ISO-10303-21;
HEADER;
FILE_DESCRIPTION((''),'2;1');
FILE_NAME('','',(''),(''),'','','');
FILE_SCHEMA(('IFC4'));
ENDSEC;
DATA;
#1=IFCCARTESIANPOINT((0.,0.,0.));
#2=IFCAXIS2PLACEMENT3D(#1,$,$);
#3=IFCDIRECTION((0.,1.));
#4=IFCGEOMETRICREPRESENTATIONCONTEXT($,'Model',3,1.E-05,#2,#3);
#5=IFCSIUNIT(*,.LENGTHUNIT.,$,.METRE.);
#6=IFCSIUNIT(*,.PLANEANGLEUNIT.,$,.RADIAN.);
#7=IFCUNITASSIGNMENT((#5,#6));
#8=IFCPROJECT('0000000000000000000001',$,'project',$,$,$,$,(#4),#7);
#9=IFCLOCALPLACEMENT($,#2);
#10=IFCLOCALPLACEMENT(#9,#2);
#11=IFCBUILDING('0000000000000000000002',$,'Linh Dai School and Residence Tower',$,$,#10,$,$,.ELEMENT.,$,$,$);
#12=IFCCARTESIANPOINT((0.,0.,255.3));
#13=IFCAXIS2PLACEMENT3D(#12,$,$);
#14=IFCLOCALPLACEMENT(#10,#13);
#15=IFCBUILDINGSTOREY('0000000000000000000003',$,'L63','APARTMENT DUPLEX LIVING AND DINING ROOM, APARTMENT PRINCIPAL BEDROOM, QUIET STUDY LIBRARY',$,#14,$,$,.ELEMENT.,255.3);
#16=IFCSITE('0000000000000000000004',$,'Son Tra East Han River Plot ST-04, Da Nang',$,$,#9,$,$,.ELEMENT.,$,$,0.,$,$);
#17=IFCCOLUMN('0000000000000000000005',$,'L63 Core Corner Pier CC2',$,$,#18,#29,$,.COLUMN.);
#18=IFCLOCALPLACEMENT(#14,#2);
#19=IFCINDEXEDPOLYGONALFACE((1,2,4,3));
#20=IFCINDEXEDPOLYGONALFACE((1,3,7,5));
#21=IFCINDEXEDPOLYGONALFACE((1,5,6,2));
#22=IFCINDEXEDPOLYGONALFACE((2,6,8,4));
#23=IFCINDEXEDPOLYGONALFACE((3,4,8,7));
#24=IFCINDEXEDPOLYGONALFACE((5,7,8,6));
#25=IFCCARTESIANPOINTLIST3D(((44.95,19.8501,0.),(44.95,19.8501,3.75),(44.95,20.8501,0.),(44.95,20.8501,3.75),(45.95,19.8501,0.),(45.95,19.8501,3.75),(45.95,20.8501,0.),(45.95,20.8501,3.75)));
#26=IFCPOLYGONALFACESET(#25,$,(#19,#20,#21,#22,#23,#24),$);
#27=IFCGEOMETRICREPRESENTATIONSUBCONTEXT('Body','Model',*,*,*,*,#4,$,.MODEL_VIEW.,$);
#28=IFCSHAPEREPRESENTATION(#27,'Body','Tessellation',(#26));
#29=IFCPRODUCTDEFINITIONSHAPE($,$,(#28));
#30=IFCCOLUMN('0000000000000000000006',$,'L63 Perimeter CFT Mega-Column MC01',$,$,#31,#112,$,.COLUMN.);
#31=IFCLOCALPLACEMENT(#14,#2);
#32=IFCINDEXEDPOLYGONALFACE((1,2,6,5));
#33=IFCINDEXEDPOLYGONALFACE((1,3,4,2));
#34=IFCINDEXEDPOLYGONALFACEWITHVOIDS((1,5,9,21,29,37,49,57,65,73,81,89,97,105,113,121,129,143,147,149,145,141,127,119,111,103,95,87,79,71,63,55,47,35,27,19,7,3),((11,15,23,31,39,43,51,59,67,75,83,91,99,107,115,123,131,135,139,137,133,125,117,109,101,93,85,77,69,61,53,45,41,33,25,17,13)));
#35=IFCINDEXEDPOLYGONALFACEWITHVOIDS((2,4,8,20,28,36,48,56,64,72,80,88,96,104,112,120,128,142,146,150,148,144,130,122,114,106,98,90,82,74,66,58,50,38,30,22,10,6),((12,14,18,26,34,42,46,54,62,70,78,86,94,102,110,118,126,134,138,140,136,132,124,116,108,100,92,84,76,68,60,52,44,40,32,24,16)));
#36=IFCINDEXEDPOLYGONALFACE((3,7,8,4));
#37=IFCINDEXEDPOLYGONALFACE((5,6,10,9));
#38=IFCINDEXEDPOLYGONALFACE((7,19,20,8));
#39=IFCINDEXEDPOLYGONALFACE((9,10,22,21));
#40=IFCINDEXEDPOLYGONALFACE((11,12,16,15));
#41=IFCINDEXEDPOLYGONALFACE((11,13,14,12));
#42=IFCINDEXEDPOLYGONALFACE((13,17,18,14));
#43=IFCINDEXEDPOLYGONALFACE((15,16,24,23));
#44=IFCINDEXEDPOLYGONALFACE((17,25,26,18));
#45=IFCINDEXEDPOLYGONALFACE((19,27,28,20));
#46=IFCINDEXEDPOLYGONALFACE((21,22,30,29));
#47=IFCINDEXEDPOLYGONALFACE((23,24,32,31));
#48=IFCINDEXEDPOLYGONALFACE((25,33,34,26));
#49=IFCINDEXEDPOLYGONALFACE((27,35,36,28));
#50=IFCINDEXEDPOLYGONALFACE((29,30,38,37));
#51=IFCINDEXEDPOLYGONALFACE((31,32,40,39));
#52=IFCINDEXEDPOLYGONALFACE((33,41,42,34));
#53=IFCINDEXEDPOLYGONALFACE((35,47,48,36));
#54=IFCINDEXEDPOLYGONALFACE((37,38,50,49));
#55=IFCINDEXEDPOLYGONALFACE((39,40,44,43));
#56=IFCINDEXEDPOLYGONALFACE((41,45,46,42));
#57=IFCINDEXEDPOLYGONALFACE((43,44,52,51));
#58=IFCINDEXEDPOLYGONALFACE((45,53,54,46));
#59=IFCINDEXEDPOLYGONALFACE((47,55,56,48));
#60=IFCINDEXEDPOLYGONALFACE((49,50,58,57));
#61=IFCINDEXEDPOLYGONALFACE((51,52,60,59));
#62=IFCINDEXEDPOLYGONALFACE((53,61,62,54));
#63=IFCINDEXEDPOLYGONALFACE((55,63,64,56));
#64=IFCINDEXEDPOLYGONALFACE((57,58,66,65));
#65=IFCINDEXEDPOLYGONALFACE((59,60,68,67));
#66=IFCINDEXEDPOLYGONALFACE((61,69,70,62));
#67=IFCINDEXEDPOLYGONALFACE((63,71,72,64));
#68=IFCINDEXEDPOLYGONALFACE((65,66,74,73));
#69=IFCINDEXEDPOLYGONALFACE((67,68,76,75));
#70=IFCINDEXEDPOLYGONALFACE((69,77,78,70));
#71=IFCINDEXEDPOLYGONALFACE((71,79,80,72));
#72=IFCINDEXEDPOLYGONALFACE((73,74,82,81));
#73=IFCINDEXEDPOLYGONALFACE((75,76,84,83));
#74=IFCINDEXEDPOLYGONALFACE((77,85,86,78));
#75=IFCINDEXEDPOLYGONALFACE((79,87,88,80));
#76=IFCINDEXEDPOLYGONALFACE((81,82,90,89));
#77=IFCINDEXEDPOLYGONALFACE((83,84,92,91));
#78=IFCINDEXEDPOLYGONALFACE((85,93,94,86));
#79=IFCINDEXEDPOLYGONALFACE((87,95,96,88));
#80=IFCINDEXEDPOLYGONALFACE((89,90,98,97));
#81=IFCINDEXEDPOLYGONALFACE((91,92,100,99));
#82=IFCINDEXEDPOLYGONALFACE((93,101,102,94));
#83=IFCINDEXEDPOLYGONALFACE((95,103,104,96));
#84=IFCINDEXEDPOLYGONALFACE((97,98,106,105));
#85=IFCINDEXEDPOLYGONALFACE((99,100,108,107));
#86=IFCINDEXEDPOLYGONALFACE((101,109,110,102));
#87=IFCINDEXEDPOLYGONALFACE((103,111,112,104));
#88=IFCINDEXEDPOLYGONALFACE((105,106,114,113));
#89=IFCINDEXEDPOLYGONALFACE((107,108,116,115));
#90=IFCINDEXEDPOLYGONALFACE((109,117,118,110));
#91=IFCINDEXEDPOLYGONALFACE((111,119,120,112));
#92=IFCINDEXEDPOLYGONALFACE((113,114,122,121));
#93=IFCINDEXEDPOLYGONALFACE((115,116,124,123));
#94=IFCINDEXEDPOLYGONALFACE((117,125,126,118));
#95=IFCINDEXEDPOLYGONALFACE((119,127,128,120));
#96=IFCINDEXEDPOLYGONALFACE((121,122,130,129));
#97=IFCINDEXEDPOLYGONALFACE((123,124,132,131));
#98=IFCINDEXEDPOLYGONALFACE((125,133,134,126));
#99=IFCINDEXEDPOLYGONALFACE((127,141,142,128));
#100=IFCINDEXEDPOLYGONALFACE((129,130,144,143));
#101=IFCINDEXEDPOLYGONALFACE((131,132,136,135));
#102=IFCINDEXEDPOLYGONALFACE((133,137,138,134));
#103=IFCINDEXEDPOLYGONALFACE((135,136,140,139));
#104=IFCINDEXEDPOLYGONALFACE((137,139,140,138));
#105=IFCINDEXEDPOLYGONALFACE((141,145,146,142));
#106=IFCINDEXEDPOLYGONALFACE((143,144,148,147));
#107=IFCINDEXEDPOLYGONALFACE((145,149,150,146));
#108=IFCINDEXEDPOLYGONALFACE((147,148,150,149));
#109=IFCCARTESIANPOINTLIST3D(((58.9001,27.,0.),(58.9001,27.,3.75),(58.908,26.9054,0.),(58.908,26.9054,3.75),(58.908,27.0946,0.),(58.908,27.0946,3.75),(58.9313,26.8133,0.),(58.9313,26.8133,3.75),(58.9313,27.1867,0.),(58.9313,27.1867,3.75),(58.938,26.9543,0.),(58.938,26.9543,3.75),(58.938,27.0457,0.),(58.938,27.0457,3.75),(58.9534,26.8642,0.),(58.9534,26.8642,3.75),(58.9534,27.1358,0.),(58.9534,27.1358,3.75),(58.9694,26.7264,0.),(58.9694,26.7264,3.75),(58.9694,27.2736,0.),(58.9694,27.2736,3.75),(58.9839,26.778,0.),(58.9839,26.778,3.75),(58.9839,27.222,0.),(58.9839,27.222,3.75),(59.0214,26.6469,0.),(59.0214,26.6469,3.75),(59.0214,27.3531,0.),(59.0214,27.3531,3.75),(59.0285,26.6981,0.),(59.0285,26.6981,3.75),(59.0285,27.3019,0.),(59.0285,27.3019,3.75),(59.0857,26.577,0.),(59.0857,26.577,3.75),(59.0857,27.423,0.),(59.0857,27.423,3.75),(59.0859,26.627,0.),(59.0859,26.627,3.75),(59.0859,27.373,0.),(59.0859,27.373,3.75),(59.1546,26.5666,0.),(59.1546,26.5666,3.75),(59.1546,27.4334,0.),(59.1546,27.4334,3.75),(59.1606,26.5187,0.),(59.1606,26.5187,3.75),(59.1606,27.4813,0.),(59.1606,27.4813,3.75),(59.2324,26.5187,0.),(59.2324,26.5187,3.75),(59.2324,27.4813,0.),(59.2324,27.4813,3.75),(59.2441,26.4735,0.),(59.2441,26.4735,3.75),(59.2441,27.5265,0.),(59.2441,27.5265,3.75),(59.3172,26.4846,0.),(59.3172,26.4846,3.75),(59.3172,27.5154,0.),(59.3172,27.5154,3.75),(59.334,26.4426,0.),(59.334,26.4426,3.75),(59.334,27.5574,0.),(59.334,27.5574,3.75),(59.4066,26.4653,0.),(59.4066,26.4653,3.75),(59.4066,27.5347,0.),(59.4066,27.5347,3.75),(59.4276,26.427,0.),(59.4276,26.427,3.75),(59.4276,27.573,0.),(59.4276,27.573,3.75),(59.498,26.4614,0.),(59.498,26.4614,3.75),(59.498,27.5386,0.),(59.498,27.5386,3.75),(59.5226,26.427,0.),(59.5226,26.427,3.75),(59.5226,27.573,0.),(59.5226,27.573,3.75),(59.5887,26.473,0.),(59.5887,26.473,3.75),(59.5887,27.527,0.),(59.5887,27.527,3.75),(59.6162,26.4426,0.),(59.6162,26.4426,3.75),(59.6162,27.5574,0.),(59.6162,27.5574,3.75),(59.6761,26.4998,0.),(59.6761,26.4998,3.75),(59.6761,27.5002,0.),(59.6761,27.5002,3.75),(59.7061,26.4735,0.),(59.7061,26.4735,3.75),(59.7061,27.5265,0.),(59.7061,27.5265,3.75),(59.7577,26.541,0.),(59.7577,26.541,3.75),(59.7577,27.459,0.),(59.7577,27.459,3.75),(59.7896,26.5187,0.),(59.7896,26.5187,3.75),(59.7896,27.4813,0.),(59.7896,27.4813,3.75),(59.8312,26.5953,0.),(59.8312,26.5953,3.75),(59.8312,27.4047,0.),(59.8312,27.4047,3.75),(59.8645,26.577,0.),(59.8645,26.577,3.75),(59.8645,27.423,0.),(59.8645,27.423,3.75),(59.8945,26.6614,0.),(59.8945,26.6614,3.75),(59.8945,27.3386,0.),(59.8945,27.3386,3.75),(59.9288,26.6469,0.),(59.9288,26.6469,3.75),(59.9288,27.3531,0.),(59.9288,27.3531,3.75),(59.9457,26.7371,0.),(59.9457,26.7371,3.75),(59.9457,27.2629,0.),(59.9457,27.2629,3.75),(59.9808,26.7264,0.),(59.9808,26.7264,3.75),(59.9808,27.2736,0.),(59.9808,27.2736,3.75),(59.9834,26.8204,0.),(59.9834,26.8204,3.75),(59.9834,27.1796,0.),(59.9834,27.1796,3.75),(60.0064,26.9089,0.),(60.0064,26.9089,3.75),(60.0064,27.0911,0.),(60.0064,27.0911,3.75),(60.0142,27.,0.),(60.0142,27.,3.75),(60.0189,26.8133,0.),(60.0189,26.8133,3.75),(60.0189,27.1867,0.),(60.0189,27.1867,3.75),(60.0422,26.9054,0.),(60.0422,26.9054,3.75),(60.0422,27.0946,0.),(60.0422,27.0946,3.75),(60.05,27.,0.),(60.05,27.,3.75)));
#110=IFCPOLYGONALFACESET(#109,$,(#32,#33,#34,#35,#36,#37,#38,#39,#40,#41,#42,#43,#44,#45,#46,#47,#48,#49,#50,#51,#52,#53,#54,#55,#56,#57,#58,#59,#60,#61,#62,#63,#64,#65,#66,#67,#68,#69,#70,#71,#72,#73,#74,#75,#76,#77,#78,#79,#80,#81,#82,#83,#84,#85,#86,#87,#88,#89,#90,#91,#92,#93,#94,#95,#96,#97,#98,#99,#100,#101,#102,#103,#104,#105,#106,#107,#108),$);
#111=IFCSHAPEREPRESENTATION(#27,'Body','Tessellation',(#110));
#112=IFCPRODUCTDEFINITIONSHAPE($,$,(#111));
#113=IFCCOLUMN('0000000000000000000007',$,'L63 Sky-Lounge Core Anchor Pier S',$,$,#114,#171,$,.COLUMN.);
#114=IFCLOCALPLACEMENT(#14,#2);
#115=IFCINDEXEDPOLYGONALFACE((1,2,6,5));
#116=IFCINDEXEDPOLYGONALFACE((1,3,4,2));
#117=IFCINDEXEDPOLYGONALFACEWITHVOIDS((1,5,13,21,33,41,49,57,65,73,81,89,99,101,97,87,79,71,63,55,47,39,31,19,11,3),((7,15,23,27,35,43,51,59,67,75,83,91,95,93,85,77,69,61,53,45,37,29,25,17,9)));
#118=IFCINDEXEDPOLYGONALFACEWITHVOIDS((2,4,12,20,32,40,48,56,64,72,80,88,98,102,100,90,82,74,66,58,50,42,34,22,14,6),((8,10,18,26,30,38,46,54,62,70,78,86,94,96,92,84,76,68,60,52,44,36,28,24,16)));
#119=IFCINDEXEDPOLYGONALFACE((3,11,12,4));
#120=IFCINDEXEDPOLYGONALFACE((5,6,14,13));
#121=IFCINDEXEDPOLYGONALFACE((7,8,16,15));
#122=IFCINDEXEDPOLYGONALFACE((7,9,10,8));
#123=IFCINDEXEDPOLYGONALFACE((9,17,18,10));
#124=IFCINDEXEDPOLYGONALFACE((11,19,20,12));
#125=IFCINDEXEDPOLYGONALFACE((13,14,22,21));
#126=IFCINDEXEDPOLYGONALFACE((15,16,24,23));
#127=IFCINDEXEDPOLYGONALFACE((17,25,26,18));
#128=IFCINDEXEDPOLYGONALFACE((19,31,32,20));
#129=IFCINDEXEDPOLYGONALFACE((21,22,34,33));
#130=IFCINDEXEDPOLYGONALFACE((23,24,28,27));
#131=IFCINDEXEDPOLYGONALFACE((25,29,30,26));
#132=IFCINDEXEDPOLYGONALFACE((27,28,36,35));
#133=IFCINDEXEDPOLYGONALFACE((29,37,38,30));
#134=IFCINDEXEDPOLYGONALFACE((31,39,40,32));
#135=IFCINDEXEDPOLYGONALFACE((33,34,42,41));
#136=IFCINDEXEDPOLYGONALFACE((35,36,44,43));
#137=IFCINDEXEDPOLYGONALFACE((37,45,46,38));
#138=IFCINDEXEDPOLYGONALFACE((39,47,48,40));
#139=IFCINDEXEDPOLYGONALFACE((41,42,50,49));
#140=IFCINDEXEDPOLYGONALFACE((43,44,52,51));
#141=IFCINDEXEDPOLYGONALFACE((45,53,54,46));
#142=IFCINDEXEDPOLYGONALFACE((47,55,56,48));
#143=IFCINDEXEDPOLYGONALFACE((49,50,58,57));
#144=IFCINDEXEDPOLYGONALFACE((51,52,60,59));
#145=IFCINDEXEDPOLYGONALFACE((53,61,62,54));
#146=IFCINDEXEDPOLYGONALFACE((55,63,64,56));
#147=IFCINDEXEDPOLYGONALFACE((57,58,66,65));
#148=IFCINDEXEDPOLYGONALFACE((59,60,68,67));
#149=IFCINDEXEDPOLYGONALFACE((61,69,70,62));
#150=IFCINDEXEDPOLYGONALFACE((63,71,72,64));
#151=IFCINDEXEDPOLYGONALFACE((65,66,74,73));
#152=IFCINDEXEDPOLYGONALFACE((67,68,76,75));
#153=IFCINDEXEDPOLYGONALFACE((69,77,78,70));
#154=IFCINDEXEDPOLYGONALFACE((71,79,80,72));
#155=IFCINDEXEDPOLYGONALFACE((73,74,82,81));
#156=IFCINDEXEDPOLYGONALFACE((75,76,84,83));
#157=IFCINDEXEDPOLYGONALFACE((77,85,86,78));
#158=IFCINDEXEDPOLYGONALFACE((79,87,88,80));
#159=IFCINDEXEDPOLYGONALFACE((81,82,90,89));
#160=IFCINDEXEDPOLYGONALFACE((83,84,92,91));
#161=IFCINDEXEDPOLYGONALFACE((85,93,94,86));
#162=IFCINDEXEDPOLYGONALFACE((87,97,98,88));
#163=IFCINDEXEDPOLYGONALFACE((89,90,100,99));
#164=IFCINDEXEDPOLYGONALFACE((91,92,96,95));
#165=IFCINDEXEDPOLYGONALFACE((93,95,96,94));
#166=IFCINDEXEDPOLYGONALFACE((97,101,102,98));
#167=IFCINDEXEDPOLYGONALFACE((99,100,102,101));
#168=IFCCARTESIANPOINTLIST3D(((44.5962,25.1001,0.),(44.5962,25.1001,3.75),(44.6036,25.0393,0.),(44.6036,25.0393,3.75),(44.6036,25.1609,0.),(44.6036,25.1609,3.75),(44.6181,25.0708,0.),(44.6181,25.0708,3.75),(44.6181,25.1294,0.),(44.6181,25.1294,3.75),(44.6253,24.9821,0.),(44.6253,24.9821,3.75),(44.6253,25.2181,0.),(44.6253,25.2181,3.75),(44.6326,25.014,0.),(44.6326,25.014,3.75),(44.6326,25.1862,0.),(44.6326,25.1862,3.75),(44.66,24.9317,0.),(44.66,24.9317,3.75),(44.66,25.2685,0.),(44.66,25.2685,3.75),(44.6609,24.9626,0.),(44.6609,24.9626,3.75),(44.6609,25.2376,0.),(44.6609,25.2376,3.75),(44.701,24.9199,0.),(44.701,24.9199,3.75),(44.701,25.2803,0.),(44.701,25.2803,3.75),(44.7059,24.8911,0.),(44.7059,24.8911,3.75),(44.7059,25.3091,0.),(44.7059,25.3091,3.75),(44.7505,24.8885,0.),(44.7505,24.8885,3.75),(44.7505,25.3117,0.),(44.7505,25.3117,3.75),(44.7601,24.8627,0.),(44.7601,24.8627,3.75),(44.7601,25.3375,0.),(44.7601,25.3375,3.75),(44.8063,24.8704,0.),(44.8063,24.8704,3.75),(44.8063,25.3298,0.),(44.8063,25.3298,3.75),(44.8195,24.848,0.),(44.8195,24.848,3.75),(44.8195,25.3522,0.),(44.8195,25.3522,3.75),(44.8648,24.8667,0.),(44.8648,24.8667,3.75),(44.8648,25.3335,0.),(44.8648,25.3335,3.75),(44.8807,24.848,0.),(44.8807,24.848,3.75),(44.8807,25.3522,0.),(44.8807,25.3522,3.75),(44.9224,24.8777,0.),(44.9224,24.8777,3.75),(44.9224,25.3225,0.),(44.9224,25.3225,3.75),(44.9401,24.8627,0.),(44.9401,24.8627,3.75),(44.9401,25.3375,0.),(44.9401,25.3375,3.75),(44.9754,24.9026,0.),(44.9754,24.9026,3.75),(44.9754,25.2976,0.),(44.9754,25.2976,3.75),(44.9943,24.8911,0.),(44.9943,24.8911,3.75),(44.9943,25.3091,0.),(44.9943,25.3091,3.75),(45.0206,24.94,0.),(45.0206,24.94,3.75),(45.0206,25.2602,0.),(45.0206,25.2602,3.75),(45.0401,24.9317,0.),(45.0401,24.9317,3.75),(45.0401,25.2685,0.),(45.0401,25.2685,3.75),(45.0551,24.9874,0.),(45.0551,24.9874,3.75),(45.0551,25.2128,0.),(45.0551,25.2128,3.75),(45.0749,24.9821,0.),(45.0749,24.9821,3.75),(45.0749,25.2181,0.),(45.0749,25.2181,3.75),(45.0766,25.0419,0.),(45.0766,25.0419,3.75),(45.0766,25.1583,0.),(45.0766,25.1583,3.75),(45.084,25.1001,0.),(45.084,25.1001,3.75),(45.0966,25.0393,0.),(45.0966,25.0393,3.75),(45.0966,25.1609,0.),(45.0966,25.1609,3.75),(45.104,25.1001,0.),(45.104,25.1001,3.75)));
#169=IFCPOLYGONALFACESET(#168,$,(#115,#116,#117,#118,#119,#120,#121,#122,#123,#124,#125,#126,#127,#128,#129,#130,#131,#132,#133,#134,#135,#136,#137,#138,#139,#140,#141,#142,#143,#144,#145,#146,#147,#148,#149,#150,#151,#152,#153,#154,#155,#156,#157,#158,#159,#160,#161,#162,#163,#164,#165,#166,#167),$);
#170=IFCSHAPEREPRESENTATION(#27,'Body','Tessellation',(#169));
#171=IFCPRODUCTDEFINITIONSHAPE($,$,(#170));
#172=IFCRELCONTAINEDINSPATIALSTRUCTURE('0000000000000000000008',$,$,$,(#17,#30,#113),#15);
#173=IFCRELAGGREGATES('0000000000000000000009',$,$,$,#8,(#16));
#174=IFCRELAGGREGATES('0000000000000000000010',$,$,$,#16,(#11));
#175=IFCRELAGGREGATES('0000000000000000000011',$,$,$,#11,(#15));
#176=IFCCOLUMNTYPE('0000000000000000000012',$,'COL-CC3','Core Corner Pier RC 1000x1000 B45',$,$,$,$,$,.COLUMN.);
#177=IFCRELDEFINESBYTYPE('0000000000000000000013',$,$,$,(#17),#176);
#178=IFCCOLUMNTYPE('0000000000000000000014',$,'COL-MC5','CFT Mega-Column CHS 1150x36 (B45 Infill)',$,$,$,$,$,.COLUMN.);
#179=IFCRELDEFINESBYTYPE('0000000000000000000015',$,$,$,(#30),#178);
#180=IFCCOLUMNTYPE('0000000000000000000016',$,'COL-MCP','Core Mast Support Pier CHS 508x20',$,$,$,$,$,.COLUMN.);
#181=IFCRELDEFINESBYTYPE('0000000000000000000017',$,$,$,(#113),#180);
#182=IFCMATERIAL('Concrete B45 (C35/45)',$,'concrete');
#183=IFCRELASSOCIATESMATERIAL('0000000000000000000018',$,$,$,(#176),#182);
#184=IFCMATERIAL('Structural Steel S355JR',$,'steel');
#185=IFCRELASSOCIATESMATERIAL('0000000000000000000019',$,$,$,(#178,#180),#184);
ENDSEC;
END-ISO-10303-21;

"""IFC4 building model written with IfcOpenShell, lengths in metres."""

from ifc_helpers import new_model, si_unit, direction, frame, origin, origin_2d, place, context, subcontext, project, spatial, rectangle, hollow_circle, extrude, material, material_profile, profile_set, type_object, element, save


model = new_model("IFC4")

# Units and contexts
model_context = context("Model", 3, precision=1e-05, world=origin(), true_north=direction((0.0, 1.0)))
body_context = subcontext(model_context, "Body", "Model", "MODEL_VIEW")
ifc_project = project(units=[si_unit("LENGTHUNIT", "METRE"), si_unit("PLANEANGLEUNIT", "RADIAN")], contexts=[model_context])

# Site, building, storey
site_placement = place(None, origin())
site = spatial("IfcSite", under=ifc_project, at=site_placement, Name="Son Tra East Han River Plot ST-04, Da Nang", CompositionType="ELEMENT", RefElevation=0.0)
building_placement = place(site_placement, origin())
building = spatial("IfcBuilding", under=site, at=building_placement, Name="Linh Dai School and Residence Tower", CompositionType="ELEMENT")
storey_placement = place(building_placement, frame((0.0, 0.0, 255.3)))
storey = spatial("IfcBuildingStorey", under=building, at=storey_placement, Name="L63", Description="APARTMENT DUPLEX LIVING AND DINING ROOM, APARTMENT PRINCIPAL BEDROOM, QUIET STUDY LIBRARY", CompositionType="ELEMENT", Elevation=255.3)

# Columns
ifc_material_1 = material(Name="Concrete B45 (C35/45)", Category="concrete")
ifc_material_profile_1 = material_profile(ifc_material_1, rectangle(XDim=1.0, YDim=1.0, at=origin_2d()), Name="RC 1000x1000")
ifc_profile_set_1 = profile_set([ifc_material_profile_1], Name="Concrete B45 (C35/45)")
column_type_1 = type_object("IfcColumnType", Name="COL-CC3", Description="Core Corner Pier RC 1000x1000 B45", PredefinedType="COLUMN", material=ifc_profile_set_1)
column_1_placement = place(storey_placement, frame((45.45, 20.3501, 0.0), z_axis=(0.0, 0.0, 1.0), x_axis=(1.0, 0.0, 0.0)))
element("IfcColumn", 1, at=column_1_placement, inside=storey, type_object=column_type_1, Name="L63 Core Corner Pier CC2", PredefinedType="COLUMN", context=body_context, shape_type="SweptSolid", body=[
    extrude(rectangle(XDim=1.0, YDim=1.0, at=origin_2d()), origin(), (0.0, 0.0, 1.0), 3.75),
])
ifc_material_2 = material(Name="Structural Steel S355JR", Category="steel")
ifc_material_profile_2 = material_profile(ifc_material_2, hollow_circle(Radius=0.575, WallThickness=0.0359, at=origin_2d()), Name="CHS 1150x36")
ifc_profile_set_2 = profile_set([ifc_material_profile_2], Name="Structural Steel S355JR")
column_type_2 = type_object("IfcColumnType", Name="COL-MC5", Description="CFT Mega-Column CHS 1150x36 (B45 Infill)", PredefinedType="COLUMN", material=ifc_profile_set_2)
column_2_placement = place(storey_placement, frame((59.4751, 27.0, 0.0), z_axis=(0.0, 0.0, 1.0), x_axis=(1.0, 0.0, 0.0)))
element("IfcColumn", 2, at=column_2_placement, inside=storey, type_object=column_type_2, Name="L63 Perimeter CFT Mega-Column MC01", PredefinedType="COLUMN", context=body_context, shape_type="SweptSolid", body=[
    extrude(hollow_circle(Radius=0.575, WallThickness=0.0359, at=origin_2d()), origin(), (0.0, 0.0, 1.0), 3.75),
])
ifc_material_profile_3 = material_profile(ifc_material_2, hollow_circle(Radius=0.2539, WallThickness=0.02, at=origin_2d()), Name="CHS 508x20")
ifc_profile_set_3 = profile_set([ifc_material_profile_3], Name="Structural Steel S355JR")
column_type_3 = type_object("IfcColumnType", Name="COL-MCP", Description="Core Mast Support Pier CHS 508x20", PredefinedType="COLUMN", material=ifc_profile_set_3)
column_3_placement = place(storey_placement, frame((44.8501, 25.1001, 0.0), z_axis=(0.0, 0.0, 1.0), x_axis=(1.0, 0.0, 0.0)))
element("IfcColumn", 3, at=column_3_placement, inside=storey, type_object=column_type_3, Name="L63 Sky-Lounge Core Anchor Pier S", PredefinedType="COLUMN", context=body_context, shape_type="SweptSolid", body=[
    extrude(hollow_circle(Radius=0.2539, WallThickness=0.02, at=origin_2d()), origin(), (0.0, 0.0, 1.0), 3.75),
])

save(model, "model.ifc")
